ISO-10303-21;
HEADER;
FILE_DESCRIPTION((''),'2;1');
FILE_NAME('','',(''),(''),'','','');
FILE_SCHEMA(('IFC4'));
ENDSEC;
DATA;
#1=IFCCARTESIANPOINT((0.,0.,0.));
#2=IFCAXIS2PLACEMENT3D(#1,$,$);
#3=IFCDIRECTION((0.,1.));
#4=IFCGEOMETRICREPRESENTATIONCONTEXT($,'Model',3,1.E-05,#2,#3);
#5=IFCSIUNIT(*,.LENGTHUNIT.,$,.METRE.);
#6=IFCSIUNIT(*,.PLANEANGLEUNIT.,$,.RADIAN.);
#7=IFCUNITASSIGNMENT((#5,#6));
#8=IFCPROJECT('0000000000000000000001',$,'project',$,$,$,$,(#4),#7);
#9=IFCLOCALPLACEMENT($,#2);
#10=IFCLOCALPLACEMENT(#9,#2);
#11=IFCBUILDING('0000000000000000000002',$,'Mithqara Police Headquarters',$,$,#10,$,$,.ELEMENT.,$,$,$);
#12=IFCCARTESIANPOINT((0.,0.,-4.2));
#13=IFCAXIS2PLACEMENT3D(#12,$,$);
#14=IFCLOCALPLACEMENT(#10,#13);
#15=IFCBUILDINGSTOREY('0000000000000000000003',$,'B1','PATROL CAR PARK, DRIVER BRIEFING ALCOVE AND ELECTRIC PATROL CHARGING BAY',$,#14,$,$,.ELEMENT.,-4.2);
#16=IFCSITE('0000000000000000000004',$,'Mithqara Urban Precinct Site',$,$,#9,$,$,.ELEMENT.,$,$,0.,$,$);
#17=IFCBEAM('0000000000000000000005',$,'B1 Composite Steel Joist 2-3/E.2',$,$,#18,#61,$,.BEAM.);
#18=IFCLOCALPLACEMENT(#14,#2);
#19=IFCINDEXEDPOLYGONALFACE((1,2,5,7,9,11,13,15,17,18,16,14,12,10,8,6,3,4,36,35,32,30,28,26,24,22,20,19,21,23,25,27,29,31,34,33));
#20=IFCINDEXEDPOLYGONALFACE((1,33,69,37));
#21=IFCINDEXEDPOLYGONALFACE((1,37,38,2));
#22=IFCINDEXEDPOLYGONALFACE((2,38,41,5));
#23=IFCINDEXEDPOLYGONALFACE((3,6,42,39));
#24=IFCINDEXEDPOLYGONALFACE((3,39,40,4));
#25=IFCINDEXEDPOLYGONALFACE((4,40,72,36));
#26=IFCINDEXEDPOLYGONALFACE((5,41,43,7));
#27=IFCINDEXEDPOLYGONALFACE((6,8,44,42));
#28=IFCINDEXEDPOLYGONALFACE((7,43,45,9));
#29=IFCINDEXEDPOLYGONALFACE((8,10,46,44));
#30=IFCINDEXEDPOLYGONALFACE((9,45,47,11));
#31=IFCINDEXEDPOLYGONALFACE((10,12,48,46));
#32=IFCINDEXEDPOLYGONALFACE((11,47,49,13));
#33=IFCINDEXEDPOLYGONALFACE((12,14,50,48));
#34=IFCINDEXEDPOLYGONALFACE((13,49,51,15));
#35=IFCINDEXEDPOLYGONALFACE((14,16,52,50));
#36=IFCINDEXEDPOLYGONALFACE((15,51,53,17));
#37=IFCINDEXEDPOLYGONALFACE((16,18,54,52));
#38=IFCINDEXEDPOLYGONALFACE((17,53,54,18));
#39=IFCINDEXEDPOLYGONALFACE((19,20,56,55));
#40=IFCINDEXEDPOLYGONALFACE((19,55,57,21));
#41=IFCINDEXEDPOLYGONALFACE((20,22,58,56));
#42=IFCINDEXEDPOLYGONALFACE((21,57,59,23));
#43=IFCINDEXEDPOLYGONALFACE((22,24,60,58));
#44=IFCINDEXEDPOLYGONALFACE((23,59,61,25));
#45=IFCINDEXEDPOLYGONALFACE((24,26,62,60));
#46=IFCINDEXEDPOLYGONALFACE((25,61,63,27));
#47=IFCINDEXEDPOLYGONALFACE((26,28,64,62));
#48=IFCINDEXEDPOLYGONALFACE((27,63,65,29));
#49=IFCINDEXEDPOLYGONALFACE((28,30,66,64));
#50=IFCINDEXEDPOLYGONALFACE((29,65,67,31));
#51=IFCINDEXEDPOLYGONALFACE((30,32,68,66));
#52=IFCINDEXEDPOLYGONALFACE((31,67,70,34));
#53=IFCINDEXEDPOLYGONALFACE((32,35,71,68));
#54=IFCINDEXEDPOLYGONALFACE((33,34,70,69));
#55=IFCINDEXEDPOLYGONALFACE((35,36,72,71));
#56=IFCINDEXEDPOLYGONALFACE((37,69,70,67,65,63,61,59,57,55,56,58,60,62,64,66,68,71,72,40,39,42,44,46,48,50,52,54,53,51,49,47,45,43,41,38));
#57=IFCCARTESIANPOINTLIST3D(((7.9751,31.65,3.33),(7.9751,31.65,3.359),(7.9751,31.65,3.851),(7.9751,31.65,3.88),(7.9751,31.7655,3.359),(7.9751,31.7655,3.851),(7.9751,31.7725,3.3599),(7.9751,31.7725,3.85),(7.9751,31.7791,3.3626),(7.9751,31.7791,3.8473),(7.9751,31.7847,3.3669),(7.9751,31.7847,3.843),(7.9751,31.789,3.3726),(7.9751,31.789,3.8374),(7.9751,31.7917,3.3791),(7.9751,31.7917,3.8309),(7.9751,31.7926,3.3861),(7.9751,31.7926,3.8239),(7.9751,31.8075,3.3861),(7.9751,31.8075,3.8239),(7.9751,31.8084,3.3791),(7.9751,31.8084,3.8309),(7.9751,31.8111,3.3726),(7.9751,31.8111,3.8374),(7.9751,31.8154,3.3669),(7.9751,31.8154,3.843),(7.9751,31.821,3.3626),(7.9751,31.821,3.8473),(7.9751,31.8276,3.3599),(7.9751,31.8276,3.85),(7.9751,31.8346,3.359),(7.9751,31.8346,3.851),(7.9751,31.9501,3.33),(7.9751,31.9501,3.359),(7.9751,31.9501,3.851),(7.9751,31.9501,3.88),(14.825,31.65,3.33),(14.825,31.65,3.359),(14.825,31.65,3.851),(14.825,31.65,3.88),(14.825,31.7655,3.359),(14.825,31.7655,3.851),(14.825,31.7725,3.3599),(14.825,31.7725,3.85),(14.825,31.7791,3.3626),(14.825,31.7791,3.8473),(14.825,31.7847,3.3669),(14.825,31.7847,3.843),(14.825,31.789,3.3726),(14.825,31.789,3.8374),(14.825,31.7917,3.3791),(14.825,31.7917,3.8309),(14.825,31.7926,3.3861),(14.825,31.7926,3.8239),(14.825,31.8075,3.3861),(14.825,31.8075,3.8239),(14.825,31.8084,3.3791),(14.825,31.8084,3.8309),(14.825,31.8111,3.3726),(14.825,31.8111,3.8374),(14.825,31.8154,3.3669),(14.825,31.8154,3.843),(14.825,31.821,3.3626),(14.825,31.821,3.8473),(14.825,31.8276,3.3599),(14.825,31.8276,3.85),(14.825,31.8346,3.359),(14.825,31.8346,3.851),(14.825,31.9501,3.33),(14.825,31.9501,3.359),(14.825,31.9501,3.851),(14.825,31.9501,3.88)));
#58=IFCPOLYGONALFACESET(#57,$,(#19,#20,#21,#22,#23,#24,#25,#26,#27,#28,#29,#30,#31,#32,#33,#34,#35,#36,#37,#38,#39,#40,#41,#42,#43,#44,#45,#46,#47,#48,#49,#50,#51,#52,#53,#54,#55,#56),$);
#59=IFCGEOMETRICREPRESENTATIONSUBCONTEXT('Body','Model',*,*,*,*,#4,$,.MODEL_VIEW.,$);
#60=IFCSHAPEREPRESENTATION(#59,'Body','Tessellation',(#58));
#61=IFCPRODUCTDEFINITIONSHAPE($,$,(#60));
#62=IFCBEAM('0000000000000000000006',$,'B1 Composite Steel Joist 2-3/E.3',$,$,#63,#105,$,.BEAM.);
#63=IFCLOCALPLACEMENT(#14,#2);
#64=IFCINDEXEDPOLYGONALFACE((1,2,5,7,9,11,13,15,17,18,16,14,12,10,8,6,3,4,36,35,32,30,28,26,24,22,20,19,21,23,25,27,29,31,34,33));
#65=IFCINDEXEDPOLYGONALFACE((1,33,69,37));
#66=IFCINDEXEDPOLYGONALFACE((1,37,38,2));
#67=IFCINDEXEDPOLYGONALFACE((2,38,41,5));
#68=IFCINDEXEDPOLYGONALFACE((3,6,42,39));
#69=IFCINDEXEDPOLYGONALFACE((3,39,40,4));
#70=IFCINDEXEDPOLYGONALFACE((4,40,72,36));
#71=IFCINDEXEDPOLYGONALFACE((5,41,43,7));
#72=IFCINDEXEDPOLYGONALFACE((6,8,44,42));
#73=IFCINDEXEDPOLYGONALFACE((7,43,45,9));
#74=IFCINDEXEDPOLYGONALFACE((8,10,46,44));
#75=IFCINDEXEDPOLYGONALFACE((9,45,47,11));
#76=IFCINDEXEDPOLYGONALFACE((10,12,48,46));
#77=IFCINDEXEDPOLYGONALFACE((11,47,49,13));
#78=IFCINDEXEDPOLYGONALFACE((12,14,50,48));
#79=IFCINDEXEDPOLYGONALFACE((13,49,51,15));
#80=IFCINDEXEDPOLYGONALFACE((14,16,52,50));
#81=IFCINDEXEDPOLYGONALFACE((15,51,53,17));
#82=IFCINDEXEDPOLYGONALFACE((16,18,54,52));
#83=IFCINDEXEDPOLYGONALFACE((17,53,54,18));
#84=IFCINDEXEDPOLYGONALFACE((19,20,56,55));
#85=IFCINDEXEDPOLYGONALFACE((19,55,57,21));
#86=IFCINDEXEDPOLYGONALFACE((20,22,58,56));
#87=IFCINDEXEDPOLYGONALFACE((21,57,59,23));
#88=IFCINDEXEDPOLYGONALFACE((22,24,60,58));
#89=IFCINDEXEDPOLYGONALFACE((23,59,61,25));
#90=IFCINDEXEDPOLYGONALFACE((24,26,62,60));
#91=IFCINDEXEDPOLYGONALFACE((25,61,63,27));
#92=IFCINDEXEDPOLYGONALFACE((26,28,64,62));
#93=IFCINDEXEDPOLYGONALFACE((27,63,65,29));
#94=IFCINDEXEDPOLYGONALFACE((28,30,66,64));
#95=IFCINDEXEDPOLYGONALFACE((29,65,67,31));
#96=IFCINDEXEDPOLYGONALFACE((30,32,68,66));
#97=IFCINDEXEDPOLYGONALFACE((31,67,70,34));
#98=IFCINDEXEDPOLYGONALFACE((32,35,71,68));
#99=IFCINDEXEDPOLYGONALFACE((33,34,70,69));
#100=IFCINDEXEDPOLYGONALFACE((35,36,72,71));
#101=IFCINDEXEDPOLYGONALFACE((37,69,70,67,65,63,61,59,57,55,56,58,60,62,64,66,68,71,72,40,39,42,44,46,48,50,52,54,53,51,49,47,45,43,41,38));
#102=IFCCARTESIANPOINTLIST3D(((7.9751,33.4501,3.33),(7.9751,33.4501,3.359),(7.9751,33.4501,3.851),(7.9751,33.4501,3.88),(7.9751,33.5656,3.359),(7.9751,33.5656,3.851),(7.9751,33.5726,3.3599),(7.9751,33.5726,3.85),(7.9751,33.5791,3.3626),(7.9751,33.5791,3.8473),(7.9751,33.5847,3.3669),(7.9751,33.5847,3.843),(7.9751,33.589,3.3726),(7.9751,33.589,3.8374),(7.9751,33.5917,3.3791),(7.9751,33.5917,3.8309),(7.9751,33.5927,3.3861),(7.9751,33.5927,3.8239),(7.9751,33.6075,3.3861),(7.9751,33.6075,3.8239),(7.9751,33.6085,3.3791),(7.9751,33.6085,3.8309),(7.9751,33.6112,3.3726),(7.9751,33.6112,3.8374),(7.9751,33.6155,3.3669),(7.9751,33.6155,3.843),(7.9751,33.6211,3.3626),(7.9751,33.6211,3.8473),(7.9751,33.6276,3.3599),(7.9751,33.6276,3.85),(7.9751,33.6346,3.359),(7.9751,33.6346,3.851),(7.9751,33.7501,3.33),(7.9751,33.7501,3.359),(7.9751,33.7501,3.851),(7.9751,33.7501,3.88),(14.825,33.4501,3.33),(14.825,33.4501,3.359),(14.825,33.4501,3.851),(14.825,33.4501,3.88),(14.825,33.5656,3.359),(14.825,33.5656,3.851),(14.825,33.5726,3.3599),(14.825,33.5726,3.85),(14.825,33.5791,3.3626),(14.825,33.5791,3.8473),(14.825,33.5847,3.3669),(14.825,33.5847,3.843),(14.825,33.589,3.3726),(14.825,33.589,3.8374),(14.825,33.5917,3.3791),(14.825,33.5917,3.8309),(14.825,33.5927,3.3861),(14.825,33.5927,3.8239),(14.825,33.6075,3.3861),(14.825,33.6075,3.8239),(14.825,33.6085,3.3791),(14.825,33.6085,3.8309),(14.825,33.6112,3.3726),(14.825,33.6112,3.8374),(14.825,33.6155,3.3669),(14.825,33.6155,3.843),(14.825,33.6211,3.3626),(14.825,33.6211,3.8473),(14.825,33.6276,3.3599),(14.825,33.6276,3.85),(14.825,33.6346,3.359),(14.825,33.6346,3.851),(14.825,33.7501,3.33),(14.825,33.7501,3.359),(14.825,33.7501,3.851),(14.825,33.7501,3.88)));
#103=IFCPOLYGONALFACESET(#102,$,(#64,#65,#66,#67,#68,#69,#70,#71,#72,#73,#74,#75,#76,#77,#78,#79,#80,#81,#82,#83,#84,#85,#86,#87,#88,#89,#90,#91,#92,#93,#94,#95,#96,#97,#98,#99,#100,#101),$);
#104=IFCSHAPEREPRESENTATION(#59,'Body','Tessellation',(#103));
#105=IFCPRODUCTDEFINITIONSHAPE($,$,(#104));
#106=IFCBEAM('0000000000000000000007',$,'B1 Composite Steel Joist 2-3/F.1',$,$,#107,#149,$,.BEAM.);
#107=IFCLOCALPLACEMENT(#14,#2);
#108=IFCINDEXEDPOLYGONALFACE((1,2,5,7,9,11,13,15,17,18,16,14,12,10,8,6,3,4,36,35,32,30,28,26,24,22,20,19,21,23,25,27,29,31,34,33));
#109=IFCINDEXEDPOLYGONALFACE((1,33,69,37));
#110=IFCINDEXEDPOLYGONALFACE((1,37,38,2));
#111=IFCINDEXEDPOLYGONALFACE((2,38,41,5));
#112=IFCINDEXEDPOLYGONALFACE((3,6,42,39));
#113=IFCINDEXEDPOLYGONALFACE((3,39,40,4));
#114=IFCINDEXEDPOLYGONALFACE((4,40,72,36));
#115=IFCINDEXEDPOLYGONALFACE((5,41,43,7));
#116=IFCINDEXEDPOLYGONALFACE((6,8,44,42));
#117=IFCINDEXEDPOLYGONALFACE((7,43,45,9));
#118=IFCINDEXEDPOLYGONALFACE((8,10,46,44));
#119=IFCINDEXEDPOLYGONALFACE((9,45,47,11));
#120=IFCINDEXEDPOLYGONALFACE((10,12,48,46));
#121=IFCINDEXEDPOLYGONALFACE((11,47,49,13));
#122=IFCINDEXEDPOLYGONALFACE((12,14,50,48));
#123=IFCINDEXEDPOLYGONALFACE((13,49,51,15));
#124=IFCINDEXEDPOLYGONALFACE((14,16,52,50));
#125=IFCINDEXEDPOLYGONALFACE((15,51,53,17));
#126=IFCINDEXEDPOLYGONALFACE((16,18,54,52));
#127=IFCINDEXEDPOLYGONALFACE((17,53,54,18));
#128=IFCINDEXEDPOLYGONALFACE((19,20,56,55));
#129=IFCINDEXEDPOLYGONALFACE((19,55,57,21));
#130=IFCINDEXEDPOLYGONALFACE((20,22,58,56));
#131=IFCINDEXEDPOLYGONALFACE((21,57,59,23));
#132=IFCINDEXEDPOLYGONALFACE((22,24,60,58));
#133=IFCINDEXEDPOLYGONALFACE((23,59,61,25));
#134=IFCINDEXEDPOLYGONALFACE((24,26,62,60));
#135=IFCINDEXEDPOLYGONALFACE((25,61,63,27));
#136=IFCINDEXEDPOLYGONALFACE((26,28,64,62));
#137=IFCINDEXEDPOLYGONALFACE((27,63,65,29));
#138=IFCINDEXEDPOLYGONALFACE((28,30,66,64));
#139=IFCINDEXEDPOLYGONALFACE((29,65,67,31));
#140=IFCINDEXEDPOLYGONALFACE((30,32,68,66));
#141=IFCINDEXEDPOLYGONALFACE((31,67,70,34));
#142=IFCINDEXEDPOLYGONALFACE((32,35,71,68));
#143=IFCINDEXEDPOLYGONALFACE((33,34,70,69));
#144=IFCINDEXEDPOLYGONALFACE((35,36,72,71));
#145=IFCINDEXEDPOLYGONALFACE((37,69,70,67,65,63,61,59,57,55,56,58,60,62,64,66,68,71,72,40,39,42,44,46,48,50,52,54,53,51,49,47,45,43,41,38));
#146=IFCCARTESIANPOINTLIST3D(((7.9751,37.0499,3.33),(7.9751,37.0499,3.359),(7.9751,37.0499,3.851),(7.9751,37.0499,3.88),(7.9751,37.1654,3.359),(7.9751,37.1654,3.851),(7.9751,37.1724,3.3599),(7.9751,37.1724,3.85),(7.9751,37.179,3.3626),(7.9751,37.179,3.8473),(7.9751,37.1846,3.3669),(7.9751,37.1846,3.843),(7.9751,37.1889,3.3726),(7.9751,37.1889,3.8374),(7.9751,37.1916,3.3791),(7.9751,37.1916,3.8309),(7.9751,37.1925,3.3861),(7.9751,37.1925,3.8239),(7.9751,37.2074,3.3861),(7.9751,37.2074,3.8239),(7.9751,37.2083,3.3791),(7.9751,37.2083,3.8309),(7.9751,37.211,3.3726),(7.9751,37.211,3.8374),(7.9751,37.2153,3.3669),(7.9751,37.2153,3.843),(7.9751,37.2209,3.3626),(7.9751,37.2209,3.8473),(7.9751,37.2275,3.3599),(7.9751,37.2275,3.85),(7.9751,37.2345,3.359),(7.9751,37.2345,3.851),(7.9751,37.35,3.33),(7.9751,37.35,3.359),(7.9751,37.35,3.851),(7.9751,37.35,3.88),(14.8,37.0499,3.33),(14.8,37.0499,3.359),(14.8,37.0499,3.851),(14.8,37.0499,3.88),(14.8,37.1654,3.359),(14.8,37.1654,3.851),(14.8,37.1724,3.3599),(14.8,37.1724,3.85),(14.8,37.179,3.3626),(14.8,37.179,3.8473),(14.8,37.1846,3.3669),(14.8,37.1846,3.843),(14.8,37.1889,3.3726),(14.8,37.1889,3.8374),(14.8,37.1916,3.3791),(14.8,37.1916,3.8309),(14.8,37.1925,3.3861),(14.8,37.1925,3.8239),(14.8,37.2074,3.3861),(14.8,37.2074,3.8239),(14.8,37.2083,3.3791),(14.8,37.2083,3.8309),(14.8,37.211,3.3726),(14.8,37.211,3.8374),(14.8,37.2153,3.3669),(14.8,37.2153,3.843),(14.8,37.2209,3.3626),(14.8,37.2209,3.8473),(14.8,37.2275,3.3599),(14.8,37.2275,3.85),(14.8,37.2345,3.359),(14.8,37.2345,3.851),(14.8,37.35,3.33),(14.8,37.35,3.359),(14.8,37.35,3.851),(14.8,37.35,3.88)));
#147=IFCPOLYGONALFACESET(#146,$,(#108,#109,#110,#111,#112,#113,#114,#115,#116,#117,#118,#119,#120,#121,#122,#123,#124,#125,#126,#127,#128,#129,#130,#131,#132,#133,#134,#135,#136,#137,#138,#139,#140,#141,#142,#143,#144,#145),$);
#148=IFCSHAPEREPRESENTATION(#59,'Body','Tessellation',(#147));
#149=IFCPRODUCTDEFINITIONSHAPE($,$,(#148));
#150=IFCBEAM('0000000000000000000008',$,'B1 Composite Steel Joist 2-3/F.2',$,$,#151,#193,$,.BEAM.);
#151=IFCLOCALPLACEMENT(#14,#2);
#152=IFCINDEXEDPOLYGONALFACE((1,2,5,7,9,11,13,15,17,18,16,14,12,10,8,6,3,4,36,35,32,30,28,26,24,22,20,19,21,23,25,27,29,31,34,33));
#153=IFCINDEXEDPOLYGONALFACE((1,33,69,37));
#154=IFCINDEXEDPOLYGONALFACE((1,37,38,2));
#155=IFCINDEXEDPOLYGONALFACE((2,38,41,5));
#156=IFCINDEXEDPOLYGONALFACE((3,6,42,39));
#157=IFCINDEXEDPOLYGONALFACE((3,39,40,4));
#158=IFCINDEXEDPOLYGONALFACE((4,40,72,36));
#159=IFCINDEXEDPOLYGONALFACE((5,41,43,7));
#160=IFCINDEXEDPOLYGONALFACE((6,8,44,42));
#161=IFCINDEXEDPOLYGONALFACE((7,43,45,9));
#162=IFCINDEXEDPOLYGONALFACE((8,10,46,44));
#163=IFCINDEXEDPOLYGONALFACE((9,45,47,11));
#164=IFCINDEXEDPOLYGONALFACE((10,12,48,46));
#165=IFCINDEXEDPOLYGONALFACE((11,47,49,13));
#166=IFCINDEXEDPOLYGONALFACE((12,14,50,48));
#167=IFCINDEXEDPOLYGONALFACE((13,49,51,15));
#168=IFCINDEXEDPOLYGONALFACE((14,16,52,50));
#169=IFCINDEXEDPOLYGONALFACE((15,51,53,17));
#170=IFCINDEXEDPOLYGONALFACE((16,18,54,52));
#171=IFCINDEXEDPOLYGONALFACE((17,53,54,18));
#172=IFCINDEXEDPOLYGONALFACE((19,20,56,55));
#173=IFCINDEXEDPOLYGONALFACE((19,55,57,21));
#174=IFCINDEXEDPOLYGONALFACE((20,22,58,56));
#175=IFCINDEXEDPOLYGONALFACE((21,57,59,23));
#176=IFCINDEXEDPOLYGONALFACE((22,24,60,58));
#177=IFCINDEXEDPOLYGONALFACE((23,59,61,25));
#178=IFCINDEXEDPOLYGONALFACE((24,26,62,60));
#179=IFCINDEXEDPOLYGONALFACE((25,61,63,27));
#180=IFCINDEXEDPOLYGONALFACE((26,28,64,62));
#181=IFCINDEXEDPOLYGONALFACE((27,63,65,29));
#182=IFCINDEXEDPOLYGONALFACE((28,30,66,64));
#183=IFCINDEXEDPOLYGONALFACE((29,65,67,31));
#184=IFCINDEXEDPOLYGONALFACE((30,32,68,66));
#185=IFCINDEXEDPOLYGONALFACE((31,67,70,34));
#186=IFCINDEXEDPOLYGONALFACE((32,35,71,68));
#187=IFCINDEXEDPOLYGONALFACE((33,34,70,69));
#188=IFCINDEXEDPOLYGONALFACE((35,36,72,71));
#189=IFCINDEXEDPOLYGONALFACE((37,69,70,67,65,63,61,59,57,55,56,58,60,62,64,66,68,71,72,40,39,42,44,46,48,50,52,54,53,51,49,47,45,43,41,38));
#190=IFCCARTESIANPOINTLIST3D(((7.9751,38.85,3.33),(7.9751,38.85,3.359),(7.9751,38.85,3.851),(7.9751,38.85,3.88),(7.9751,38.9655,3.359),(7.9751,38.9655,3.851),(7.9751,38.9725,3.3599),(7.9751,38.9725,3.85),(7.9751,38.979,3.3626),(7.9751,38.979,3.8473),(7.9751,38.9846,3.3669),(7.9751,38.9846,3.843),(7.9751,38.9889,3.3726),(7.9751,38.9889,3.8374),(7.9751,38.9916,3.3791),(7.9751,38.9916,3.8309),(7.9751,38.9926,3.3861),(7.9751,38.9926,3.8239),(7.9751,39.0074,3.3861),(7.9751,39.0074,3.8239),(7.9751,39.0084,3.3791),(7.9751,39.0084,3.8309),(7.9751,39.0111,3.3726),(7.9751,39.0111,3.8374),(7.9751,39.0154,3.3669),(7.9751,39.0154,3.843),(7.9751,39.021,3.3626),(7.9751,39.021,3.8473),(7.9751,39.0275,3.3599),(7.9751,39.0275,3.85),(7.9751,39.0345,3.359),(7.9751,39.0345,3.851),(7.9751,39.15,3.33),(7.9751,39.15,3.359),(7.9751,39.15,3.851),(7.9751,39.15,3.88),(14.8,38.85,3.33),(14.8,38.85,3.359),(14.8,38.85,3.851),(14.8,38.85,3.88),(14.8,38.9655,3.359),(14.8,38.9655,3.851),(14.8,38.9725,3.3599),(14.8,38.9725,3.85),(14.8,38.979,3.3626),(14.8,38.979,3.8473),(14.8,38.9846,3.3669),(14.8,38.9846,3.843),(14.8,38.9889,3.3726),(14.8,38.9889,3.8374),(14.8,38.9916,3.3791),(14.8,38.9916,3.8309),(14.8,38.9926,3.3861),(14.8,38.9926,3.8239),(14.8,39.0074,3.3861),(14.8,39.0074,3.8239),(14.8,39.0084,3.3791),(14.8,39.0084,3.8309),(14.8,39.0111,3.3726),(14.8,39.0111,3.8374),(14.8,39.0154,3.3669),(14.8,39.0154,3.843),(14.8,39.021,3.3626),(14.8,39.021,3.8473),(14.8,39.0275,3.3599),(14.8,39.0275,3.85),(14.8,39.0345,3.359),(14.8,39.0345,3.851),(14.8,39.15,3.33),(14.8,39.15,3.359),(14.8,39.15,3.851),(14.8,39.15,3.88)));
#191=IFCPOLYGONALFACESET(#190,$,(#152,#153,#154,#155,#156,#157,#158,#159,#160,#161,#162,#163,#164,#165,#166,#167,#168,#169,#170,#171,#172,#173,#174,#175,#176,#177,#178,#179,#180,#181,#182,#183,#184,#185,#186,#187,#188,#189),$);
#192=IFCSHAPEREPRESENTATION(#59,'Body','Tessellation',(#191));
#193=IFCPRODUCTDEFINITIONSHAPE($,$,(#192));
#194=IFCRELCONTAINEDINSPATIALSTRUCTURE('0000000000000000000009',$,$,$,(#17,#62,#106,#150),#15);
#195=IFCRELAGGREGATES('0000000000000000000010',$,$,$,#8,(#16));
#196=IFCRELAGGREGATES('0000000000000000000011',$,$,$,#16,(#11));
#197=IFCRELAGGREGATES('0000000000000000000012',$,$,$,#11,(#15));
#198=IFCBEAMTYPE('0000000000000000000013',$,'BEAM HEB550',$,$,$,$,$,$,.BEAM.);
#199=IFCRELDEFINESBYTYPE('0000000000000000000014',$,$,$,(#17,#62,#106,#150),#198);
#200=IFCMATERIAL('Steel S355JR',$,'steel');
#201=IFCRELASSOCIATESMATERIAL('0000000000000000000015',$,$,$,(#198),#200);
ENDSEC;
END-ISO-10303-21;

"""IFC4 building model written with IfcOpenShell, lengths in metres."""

from ifc_helpers import new_model, si_unit, direction, frame, origin, origin_2d, place, context, subcontext, project, spatial, i_section, extrude, material, material_profile, profile_set, type_object, element, save


model = new_model("IFC4")

# Units and contexts
model_context = context("Model", 3, precision=1e-05, world=origin(), true_north=direction((0.0, 1.0)))
body_context = subcontext(model_context, "Body", "Model", "MODEL_VIEW")
ifc_project = project(units=[si_unit("LENGTHUNIT", "METRE"), si_unit("PLANEANGLEUNIT", "RADIAN")], contexts=[model_context])

# Site, building, storey
site_placement = place(None, origin())
site = spatial("IfcSite", under=ifc_project, at=site_placement, Name="Mithqara Urban Precinct Site", CompositionType="ELEMENT", RefElevation=0.0)
building_placement = place(site_placement, origin())
building = spatial("IfcBuilding", under=site, at=building_placement, Name="Mithqara Police Headquarters", CompositionType="ELEMENT")
storey_placement = place(building_placement, frame((0.0, 0.0, -4.2)))
storey = spatial("IfcBuildingStorey", under=building, at=storey_placement, Name="B1", Description="PATROL CAR PARK, DRIVER BRIEFING ALCOVE AND ELECTRIC PATROL CHARGING BAY", CompositionType="ELEMENT", Elevation=-4.2)

# Beams
ifc_material_1 = material(Name="Steel S355JR", Category="steel")
ifc_material_profile_1 = material_profile(ifc_material_1, i_section(OverallWidth=0.3, OverallDepth=0.55, WebThickness=0.0149, FlangeThickness=0.0291, FilletRadius=0.0271, at=origin_2d()), Name="HEB 550")
ifc_profile_set_1 = profile_set([ifc_material_profile_1], Name="Steel S355JR")
beam_type_1 = type_object("IfcBeamType", Name="BEAM HEB550", PredefinedType="BEAM", material=ifc_profile_set_1)
for number, where, z_axis, x_axis, name in (
    (1, (7.9751, 31.8, 3.605), (1.0, 0.0, 0.0), (0.0, 1.0, 0.0), "B1 Composite Steel Joist 2-3/E.2"),
    (2, (7.9751, 33.6001, 3.605), (1.0, 0.0, 0.0), (0.0, 1.0, 0.0), "B1 Composite Steel Joist 2-3/E.3"),
):
    element("IfcBeam", number, at=place(storey_placement, frame(where, z_axis=z_axis, x_axis=x_axis)), inside=storey, type_object=beam_type_1, Name=name, PredefinedType="BEAM", context=body_context, shape_type="SweptSolid", body=[
        extrude(i_section(OverallWidth=0.3, OverallDepth=0.55, WebThickness=0.0149, FlangeThickness=0.0291, FilletRadius=0.0271, at=origin_2d()), origin(), (0.0, 0.0, 1.0), 6.8499),
    ])
for number, where, z_axis, x_axis, name in (
    (3, (7.9751, 37.2, 3.605), (1.0, 0.0, 0.0), (0.0, 1.0, 0.0), "B1 Composite Steel Joist 2-3/F.1"),
    (4, (7.9751, 39.0, 3.605), (1.0, 0.0, 0.0), (0.0, 1.0, 0.0), "B1 Composite Steel Joist 2-3/F.2"),
):
    element("IfcBeam", number, at=place(storey_placement, frame(where, z_axis=z_axis, x_axis=x_axis)), inside=storey, type_object=beam_type_1, Name=name, PredefinedType="BEAM", context=body_context, shape_type="SweptSolid", body=[
        extrude(i_section(OverallWidth=0.3, OverallDepth=0.55, WebThickness=0.0149, FlangeThickness=0.0291, FilletRadius=0.0271, at=origin_2d()), origin(), (0.0, 0.0, 1.0), 6.825),
    ])

save(model, "model.ifc")
